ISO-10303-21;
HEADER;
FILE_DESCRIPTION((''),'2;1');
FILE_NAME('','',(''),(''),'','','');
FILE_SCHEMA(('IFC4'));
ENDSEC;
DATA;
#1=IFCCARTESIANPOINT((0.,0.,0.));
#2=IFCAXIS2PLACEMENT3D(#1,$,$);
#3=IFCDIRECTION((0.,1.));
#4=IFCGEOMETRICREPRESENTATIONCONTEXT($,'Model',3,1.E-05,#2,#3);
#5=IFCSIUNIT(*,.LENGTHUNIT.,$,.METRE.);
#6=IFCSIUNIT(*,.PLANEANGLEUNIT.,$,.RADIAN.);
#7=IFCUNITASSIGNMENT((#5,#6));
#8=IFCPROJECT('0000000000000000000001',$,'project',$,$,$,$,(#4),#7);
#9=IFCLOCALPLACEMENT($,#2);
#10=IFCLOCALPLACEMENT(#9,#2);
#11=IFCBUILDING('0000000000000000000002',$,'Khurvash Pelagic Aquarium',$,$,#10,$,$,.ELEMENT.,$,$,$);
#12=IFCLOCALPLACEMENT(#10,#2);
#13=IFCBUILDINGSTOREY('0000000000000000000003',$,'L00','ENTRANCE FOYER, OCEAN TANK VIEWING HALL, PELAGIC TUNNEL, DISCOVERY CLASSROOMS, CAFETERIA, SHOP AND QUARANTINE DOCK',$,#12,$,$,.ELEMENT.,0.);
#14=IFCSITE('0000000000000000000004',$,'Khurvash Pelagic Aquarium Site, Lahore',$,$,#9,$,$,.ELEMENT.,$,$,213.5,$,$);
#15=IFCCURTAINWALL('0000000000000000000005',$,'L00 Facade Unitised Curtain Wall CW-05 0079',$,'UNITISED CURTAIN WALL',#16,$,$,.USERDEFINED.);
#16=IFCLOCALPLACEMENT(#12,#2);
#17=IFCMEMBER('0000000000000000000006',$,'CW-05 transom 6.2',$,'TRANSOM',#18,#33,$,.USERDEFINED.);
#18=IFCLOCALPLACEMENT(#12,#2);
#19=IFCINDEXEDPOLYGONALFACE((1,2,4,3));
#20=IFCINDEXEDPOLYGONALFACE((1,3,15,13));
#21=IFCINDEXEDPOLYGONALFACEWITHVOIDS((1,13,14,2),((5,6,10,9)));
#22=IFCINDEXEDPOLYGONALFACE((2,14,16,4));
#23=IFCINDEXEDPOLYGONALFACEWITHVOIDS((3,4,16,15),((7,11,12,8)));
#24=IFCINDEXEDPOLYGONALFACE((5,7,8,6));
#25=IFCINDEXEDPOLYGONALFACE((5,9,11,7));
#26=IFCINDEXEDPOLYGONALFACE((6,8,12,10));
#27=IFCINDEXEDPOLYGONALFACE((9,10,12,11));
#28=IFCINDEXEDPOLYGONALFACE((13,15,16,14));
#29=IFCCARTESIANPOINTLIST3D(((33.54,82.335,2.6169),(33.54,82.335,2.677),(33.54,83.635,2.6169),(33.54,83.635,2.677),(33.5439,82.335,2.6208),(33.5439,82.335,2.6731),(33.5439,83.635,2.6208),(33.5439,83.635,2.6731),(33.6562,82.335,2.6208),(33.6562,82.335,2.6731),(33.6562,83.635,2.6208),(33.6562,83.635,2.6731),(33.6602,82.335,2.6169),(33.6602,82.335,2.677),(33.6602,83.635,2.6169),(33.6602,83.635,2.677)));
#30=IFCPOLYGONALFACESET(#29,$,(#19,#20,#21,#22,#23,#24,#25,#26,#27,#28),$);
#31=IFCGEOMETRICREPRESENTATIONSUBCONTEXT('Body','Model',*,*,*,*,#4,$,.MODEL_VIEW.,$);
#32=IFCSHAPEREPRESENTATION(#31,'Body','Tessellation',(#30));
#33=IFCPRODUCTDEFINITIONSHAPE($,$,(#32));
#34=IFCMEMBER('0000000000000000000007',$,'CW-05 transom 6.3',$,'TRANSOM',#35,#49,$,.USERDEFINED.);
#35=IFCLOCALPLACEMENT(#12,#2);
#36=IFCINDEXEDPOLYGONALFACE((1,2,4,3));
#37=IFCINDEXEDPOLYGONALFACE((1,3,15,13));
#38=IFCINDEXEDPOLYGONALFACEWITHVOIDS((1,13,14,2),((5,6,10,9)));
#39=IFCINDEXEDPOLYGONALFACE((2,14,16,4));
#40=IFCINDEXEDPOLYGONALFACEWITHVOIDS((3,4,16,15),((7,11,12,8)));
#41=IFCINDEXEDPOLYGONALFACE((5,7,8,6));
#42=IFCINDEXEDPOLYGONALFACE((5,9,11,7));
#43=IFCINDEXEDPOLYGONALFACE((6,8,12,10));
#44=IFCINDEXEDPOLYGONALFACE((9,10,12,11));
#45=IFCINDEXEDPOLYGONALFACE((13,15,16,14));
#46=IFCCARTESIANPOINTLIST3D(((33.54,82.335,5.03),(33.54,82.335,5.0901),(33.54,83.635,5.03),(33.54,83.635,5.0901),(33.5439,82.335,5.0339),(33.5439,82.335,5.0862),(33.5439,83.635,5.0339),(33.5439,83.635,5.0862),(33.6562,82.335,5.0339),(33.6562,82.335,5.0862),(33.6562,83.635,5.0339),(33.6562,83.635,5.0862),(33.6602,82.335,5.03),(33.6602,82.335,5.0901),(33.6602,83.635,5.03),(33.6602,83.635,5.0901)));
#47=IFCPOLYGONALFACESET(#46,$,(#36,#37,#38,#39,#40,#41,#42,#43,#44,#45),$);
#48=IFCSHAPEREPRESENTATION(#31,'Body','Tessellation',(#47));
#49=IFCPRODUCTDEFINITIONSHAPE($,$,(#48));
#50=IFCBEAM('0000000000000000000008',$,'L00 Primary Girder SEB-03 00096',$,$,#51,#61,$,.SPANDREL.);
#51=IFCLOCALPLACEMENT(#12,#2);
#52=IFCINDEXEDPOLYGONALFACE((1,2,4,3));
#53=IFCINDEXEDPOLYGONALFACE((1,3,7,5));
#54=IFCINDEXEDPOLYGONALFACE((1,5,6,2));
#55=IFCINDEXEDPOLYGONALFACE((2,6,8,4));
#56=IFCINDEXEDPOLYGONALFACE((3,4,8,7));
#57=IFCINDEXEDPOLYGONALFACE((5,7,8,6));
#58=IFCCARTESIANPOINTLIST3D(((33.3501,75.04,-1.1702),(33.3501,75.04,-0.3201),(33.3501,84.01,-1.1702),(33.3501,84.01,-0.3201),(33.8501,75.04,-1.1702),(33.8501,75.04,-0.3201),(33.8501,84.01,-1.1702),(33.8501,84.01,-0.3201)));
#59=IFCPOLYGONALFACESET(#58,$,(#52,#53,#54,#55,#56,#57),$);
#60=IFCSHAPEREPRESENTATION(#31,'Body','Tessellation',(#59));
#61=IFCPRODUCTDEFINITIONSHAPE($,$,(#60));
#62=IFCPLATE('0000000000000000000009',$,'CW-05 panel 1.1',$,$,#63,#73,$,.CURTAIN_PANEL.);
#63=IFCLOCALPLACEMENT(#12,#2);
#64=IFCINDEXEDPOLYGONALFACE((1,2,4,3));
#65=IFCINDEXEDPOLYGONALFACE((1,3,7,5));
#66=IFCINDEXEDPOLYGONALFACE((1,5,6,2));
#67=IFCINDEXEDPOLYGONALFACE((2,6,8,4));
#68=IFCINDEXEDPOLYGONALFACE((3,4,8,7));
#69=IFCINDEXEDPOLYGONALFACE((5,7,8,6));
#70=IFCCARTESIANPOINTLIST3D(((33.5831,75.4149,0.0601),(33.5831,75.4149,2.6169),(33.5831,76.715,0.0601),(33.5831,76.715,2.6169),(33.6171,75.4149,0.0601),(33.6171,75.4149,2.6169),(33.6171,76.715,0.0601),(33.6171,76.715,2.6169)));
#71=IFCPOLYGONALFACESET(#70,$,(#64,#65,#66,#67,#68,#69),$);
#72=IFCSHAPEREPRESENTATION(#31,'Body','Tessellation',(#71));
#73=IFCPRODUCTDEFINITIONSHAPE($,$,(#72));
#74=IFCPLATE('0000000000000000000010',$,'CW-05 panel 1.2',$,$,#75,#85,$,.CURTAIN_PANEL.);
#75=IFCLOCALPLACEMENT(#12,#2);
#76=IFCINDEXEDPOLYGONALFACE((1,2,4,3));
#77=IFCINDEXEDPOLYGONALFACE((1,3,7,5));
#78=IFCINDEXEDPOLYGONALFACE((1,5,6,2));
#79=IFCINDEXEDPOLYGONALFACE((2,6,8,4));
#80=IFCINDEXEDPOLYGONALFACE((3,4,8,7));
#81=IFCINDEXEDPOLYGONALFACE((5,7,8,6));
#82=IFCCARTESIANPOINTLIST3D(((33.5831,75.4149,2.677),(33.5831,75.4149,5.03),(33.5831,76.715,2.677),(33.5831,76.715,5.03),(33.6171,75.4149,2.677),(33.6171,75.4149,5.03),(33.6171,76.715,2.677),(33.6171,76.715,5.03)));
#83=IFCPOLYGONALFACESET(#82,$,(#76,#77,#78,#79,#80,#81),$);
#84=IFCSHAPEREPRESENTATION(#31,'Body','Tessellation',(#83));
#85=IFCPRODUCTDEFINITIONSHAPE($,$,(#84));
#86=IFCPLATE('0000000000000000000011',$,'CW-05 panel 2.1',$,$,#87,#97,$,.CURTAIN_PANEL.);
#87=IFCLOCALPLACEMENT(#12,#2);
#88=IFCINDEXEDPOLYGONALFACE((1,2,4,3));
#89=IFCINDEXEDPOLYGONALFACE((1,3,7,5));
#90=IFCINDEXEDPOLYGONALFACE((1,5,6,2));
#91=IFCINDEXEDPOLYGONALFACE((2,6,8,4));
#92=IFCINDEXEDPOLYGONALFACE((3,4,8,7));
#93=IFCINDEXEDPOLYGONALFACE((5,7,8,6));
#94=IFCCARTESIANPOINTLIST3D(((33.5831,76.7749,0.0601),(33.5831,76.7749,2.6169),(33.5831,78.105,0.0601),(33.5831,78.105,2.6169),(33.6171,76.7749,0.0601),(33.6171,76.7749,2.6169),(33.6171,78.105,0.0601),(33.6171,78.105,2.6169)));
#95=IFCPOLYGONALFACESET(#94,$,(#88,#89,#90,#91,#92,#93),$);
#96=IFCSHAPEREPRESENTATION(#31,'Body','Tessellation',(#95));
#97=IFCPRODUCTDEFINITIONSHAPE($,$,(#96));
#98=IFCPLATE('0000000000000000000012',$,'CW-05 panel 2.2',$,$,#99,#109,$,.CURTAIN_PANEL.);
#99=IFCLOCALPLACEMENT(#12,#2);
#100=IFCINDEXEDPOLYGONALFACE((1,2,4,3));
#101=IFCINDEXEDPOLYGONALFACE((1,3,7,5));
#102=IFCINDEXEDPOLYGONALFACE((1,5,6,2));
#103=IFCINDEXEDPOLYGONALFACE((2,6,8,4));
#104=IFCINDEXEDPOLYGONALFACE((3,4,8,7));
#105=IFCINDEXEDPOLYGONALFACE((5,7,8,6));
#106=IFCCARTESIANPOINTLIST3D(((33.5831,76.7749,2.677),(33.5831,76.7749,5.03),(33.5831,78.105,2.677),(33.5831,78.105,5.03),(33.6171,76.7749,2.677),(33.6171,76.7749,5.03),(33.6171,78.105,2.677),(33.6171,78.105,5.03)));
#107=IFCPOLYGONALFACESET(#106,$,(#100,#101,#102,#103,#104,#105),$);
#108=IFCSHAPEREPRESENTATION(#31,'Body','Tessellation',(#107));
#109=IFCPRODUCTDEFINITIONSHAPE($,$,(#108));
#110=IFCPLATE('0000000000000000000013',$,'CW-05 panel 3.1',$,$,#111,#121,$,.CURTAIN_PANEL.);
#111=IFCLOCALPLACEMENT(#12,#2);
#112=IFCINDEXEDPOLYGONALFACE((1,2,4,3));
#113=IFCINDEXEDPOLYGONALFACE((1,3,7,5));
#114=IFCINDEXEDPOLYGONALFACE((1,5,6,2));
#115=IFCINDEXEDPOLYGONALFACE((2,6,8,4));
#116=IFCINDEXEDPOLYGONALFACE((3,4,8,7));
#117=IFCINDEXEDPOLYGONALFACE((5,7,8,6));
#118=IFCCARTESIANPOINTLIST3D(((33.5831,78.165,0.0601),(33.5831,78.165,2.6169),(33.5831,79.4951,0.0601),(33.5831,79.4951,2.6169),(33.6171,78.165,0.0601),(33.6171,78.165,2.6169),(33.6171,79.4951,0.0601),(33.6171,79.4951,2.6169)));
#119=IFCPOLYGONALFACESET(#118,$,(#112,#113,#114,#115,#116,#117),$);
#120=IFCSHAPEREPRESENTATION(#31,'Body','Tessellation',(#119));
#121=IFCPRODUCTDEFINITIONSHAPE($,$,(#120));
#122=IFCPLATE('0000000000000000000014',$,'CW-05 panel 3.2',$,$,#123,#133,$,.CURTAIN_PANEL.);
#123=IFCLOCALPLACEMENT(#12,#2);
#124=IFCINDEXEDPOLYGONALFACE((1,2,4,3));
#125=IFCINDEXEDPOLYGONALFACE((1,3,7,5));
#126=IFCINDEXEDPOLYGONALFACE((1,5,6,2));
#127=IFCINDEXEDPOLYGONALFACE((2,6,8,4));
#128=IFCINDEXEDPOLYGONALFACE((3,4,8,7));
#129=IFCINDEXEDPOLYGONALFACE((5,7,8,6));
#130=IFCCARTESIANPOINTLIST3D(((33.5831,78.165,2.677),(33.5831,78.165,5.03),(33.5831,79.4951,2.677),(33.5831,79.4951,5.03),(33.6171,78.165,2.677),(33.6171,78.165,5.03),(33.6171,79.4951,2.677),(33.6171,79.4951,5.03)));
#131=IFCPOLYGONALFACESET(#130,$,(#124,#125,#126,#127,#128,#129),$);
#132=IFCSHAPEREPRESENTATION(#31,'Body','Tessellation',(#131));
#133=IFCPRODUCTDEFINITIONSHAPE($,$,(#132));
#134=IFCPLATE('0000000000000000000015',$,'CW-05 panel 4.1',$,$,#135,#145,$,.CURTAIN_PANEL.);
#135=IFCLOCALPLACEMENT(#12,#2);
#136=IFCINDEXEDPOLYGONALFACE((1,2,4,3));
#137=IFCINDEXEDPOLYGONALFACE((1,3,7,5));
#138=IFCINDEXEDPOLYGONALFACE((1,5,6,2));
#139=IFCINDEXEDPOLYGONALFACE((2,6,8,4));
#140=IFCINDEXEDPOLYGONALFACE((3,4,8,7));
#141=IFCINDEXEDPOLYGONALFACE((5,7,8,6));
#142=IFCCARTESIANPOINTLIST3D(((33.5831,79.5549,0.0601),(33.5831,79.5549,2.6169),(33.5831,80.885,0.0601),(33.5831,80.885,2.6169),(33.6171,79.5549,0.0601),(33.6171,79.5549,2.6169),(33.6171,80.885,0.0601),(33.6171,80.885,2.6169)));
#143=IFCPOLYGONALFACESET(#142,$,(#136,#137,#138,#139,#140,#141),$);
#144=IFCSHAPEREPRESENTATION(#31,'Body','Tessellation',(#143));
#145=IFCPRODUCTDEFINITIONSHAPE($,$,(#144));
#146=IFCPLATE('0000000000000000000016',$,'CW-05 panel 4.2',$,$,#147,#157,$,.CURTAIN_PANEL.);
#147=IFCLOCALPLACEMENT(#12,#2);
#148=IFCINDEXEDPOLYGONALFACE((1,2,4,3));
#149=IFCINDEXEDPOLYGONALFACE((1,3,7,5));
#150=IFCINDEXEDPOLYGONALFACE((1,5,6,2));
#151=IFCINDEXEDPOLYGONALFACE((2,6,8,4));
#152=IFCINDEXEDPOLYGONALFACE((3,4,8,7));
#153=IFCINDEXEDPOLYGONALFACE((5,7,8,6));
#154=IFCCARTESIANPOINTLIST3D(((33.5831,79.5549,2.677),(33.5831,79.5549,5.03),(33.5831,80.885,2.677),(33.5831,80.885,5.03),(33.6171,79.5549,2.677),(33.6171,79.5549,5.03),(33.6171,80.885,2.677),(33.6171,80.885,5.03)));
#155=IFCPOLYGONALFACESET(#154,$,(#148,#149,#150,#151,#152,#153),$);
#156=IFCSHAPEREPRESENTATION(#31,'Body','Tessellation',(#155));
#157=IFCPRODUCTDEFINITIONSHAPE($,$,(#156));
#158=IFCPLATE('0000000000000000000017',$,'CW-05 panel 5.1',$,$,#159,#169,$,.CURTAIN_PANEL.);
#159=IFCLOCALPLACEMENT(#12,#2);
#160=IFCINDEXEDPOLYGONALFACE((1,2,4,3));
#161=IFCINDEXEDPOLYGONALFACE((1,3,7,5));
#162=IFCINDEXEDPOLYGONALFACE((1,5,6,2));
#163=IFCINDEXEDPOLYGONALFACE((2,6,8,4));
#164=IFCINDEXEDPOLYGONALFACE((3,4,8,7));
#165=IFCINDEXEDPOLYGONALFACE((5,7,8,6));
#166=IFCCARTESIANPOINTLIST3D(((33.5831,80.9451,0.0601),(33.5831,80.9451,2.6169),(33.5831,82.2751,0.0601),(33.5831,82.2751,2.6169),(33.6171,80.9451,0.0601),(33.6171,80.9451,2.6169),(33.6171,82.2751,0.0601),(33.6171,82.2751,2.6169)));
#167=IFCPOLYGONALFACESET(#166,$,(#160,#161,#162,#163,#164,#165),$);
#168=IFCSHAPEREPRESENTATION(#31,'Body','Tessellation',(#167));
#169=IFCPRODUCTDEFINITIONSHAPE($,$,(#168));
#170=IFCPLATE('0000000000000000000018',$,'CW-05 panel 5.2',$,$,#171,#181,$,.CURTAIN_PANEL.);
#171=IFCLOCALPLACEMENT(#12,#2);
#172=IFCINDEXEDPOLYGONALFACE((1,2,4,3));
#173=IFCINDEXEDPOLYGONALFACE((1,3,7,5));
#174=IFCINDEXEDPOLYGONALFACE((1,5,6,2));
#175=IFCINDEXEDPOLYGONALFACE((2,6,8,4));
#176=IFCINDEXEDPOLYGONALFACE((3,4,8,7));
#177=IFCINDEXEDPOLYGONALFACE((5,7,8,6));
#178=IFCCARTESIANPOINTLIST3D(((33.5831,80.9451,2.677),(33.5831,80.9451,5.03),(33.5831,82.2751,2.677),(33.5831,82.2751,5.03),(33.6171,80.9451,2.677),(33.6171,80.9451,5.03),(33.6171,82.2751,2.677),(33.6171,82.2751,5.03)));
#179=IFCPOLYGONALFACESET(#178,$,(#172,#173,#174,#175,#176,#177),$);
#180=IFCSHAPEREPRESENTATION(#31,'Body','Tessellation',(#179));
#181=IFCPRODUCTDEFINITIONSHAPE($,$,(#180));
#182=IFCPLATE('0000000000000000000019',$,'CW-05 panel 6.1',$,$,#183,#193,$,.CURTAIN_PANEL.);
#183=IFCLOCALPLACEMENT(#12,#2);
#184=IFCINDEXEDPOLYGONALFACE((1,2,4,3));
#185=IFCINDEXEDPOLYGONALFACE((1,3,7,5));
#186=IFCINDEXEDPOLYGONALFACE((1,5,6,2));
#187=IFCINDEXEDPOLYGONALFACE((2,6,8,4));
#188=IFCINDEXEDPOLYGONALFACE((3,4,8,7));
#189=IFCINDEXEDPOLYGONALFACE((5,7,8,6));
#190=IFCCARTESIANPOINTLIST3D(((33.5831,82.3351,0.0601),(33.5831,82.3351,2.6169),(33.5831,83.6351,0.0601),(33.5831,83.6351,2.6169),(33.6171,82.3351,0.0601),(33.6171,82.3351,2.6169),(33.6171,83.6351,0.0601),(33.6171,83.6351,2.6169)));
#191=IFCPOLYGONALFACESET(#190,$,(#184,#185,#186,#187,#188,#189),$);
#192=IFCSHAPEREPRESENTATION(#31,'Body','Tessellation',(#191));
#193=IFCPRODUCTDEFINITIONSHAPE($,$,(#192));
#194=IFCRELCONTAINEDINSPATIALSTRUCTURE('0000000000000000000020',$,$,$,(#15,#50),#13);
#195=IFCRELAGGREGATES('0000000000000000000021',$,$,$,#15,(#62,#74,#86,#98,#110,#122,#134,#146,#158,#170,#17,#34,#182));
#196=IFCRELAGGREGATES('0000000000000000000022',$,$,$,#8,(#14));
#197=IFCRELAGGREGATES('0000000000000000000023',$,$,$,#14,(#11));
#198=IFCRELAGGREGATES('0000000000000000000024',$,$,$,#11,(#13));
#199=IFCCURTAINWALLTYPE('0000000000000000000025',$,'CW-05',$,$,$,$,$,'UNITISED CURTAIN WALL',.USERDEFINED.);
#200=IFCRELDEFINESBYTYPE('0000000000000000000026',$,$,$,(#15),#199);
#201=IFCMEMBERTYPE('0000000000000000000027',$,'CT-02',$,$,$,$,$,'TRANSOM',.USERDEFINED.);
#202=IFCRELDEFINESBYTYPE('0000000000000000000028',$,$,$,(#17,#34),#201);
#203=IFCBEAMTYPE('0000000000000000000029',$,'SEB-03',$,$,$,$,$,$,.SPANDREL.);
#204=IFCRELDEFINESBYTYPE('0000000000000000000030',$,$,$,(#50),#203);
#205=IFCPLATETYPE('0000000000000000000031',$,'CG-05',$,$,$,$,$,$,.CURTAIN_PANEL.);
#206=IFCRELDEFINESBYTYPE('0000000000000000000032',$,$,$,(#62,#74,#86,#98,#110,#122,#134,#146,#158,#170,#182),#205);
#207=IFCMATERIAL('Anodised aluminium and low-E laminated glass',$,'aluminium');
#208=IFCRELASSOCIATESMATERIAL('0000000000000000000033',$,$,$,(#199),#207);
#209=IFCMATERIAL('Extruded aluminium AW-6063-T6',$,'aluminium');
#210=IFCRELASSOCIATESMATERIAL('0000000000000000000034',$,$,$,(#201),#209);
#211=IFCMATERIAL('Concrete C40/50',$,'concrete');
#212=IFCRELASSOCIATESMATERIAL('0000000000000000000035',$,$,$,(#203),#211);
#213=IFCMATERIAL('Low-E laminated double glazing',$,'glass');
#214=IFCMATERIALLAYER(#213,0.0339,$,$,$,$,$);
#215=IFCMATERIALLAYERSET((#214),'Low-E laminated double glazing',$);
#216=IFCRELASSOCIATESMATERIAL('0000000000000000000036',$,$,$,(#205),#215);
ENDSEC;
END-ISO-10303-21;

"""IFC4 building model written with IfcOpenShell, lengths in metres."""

from ifc_helpers import new_model, si_unit, direction, frame, origin, origin_2d, place, context, subcontext, project, spatial, rectangle, hollow_rectangle, extrude, material, layer, layer_set, material_profile, profile_set, type_object, element, aggregate, save


model = new_model("IFC4")

# Units and contexts
model_context = context("Model", 3, precision=1e-05, world=origin(), true_north=direction((0.0, 1.0)))
body_context = subcontext(model_context, "Body", "Model", "MODEL_VIEW")
ifc_project = project(units=[si_unit("LENGTHUNIT", "METRE"), si_unit("PLANEANGLEUNIT", "RADIAN")], contexts=[model_context])

# Site, building, storey
site_placement = place(None, origin())
site = spatial("IfcSite", under=ifc_project, at=site_placement, Name="Khurvash Pelagic Aquarium Site, Lahore", CompositionType="ELEMENT", RefElevation=213.5)
building_placement = place(site_placement, origin())
building = spatial("IfcBuilding", under=site, at=building_placement, Name="Khurvash Pelagic Aquarium", CompositionType="ELEMENT")
storey_placement = place(building_placement, origin())
storey = spatial("IfcBuildingStorey", under=building, at=storey_placement, Name="L00", Description="ENTRANCE FOYER, OCEAN TANK VIEWING HALL, PELAGIC TUNNEL, DISCOVERY CLASSROOMS, CAFETERIA, SHOP AND QUARANTINE DOCK", CompositionType="ELEMENT", Elevation=0.0)

# Curtain wall, members
ifc_material_1 = material(Name="Anodised aluminium and low-E laminated glass", Category="aluminium")
curtain_wall_type = type_object("IfcCurtainWallType", Name="CW-05", ElementType="UNITISED CURTAIN WALL", PredefinedType="USERDEFINED", material=ifc_material_1)
curtain_wall_placement = place(storey_placement, origin())
curtain_wall = element("IfcCurtainWall", 1, at=curtain_wall_placement, inside=storey, type_object=curtain_wall_type, Name="L00 Facade Unitised Curtain Wall CW-05 0079", ObjectType="UNITISED CURTAIN WALL", PredefinedType="USERDEFINED")
ifc_material_2 = material(Name="Extruded aluminium AW-6063-T6", Category="aluminium")
ifc_material_profile_1 = material_profile(ifc_material_2, hollow_rectangle(XDim=0.1201, YDim=0.0601, WallThickness=0.0039, at=origin_2d()), Name="CWT120X60X4")
ifc_profile_set_1 = profile_set([ifc_material_profile_1], Name="Extruded aluminium AW-6063-T6")
member_type_1 = type_object("IfcMemberType", Name="CT-02", ElementType="TRANSOM", PredefinedType="USERDEFINED", material=ifc_profile_set_1)
member_1_placement = place(storey_placement, frame((33.6001, 82.335, 2.647), z_axis=(0.0, 1.0, 0.0), x_axis=(-1.0, 0.0, 0.0)))
member_1 = element("IfcMember", 2, at=member_1_placement, type_object=member_type_1, Name="CW-05 transom 6.2", ObjectType="TRANSOM", PredefinedType="USERDEFINED", context=body_context, shape_type="SweptSolid", body=[
    extrude(hollow_rectangle(XDim=0.1201, YDim=0.0601, WallThickness=0.0039, at=origin_2d()), origin(), (0.0, 0.0, 1.0), 1.3),
])
member_2_placement = place(storey_placement, frame((33.6001, 82.335, 5.0601), z_axis=(0.0, 1.0, 0.0), x_axis=(-1.0, 0.0, 0.0)))
member_2 = element("IfcMember", 3, at=member_2_placement, type_object=member_type_1, Name="CW-05 transom 6.3", ObjectType="TRANSOM", PredefinedType="USERDEFINED", context=body_context, shape_type="SweptSolid", body=[
    extrude(hollow_rectangle(XDim=0.1201, YDim=0.0601, WallThickness=0.0039, at=origin_2d()), origin(), (0.0, 0.0, 1.0), 1.3),
])

# Beam
ifc_material_3 = material(Name="Concrete C40/50", Category="concrete")
ifc_material_profile_2 = material_profile(ifc_material_3, rectangle(XDim=0.5, YDim=0.8501, at=origin_2d()), Name="RC500X850")
ifc_profile_set_2 = profile_set([ifc_material_profile_2], Name="Concrete C40/50")
beam_type = type_object("IfcBeamType", Name="SEB-03", PredefinedType="SPANDREL", material=ifc_profile_set_2)
beam_placement = place(storey_placement, frame((33.6001, 75.04, -0.7451), z_axis=(0.0, 1.0, 0.0), x_axis=(-1.0, 0.0, 0.0)))
element("IfcBeam", 4, at=beam_placement, inside=storey, type_object=beam_type, Name="L00 Primary Girder SEB-03 00096", PredefinedType="SPANDREL", context=body_context, shape_type="SweptSolid", body=[
    extrude(rectangle(XDim=0.5, YDim=0.8501, at=origin_2d()), origin(), (0.0, 0.0, 1.0), 8.97),
])

# Plates
ifc_material_4 = material(Name="Low-E laminated double glazing", Category="glass")
ifc_layer = layer(ifc_material_4, 0.0339)
ifc_layer_set = layer_set([ifc_layer], Name="Low-E laminated double glazing")
plate_type = type_object("IfcPlateType", Name="CG-05", PredefinedType="CURTAIN_PANEL", material=ifc_layer_set)
plate_1_placement = place(storey_placement, frame((33.6001, 76.0649, 0.0601), z_axis=(0.0, 0.0, 1.0), x_axis=(0.0, 1.0, 0.0)))
plate_1 = element("IfcPlate", 5, at=plate_1_placement, type_object=plate_type, Name="CW-05 panel 1.1", PredefinedType="CURTAIN_PANEL", context=body_context, shape_type="SweptSolid", body=[
    extrude(rectangle(XDim=1.3, YDim=0.0339, at=origin_2d()), origin(), (0.0, 0.0, 1.0), 2.5569),
])
plate_2_placement = place(storey_placement, frame((33.6001, 76.0649, 2.677), z_axis=(0.0, 0.0, 1.0), x_axis=(0.0, 1.0, 0.0)))
plate_2 = element("IfcPlate", 6, at=plate_2_placement, type_object=plate_type, Name="CW-05 panel 1.2", PredefinedType="CURTAIN_PANEL", context=body_context, shape_type="SweptSolid", body=[
    extrude(rectangle(XDim=1.3, YDim=0.0339, at=origin_2d()), origin(), (0.0, 0.0, 1.0), 2.353),
])
plate_3_placement = place(storey_placement, frame((33.6001, 77.4399, 0.0601), z_axis=(0.0, 0.0, 1.0), x_axis=(0.0, 1.0, 0.0)))
plate_3 = element("IfcPlate", 7, at=plate_3_placement, type_object=plate_type, Name="CW-05 panel 2.1", PredefinedType="CURTAIN_PANEL", context=body_context, shape_type="SweptSolid", body=[
    extrude(rectangle(XDim=1.3301, YDim=0.0339, at=origin_2d()), origin(), (0.0, 0.0, 1.0), 2.5569),
])
plate_4_placement = place(storey_placement, frame((33.6001, 77.4399, 2.677), z_axis=(0.0, 0.0, 1.0), x_axis=(0.0, 1.0, 0.0)))
plate_4 = element("IfcPlate", 8, at=plate_4_placement, type_object=plate_type, Name="CW-05 panel 2.2", PredefinedType="CURTAIN_PANEL", context=body_context, shape_type="SweptSolid", body=[
    extrude(rectangle(XDim=1.3301, YDim=0.0339, at=origin_2d()), origin(), (0.0, 0.0, 1.0), 2.353),
])
plate_5_placement = place(storey_placement, frame((33.6001, 78.8301, 0.0601), z_axis=(0.0, 0.0, 1.0), x_axis=(0.0, 1.0, 0.0)))
plate_5 = element("IfcPlate", 9, at=plate_5_placement, type_object=plate_type, Name="CW-05 panel 3.1", PredefinedType="CURTAIN_PANEL", context=body_context, shape_type="SweptSolid", body=[
    extrude(rectangle(XDim=1.3301, YDim=0.0339, at=origin_2d()), origin(), (0.0, 0.0, 1.0), 2.5569),
])
plate_6_placement = place(storey_placement, frame((33.6001, 78.8301, 2.677), z_axis=(0.0, 0.0, 1.0), x_axis=(0.0, 1.0, 0.0)))
plate_6 = element("IfcPlate", 10, at=plate_6_placement, type_object=plate_type, Name="CW-05 panel 3.2", PredefinedType="CURTAIN_PANEL", context=body_context, shape_type="SweptSolid", body=[
    extrude(rectangle(XDim=1.3301, YDim=0.0339, at=origin_2d()), origin(), (0.0, 0.0, 1.0), 2.353),
])
plate_7_placement = place(storey_placement, frame((33.6001, 80.22, 0.0601), z_axis=(0.0, 0.0, 1.0), x_axis=(0.0, 1.0, 0.0)))
plate_7 = element("IfcPlate", 11, at=plate_7_placement, type_object=plate_type, Name="CW-05 panel 4.1", PredefinedType="CURTAIN_PANEL", context=body_context, shape_type="SweptSolid", body=[
    extrude(rectangle(XDim=1.3301, YDim=0.0339, at=origin_2d()), origin(), (0.0, 0.0, 1.0), 2.5569),
])
plate_8_placement = place(storey_placement, frame((33.6001, 80.22, 2.677), z_axis=(0.0, 0.0, 1.0), x_axis=(0.0, 1.0, 0.0)))
plate_8 = element("IfcPlate", 12, at=plate_8_placement, type_object=plate_type, Name="CW-05 panel 4.2", PredefinedType="CURTAIN_PANEL", context=body_context, shape_type="SweptSolid", body=[
    extrude(rectangle(XDim=1.3301, YDim=0.0339, at=origin_2d()), origin(), (0.0, 0.0, 1.0), 2.353),
])
plate_9_placement = place(storey_placement, frame((33.6001, 81.6101, 0.0601), z_axis=(0.0, 0.0, 1.0), x_axis=(0.0, 1.0, 0.0)))
plate_9 = element("IfcPlate", 13, at=plate_9_placement, type_object=plate_type, Name="CW-05 panel 5.1", PredefinedType="CURTAIN_PANEL", context=body_context, shape_type="SweptSolid", body=[
    extrude(rectangle(XDim=1.3301, YDim=0.0339, at=origin_2d()), origin(), (0.0, 0.0, 1.0), 2.5569),
])
plate_10_placement = place(storey_placement, frame((33.6001, 81.6101, 2.677), z_axis=(0.0, 0.0, 1.0), x_axis=(0.0, 1.0, 0.0)))
plate_10 = element("IfcPlate", 14, at=plate_10_placement, type_object=plate_type, Name="CW-05 panel 5.2", PredefinedType="CURTAIN_PANEL", context=body_context, shape_type="SweptSolid", body=[
    extrude(rectangle(XDim=1.3301, YDim=0.0339, at=origin_2d()), origin(), (0.0, 0.0, 1.0), 2.353),
])
plate_11_placement = place(storey_placement, frame((33.6001, 82.9851, 0.0601), z_axis=(0.0, 0.0, 1.0), x_axis=(0.0, 1.0, 0.0)))
plate_11 = element("IfcPlate", 15, at=plate_11_placement, type_object=plate_type, Name="CW-05 panel 6.1", PredefinedType="CURTAIN_PANEL", context=body_context, shape_type="SweptSolid", body=[
    extrude(rectangle(XDim=1.3, YDim=0.0339, at=origin_2d()), origin(), (0.0, 0.0, 1.0), 2.5569),
])
aggregate(curtain_wall, [plate_1, plate_2, plate_3, plate_4, plate_5, plate_6, plate_7, plate_8, plate_9, plate_10, member_1, member_2, plate_11])

save(model, "model.ifc")
